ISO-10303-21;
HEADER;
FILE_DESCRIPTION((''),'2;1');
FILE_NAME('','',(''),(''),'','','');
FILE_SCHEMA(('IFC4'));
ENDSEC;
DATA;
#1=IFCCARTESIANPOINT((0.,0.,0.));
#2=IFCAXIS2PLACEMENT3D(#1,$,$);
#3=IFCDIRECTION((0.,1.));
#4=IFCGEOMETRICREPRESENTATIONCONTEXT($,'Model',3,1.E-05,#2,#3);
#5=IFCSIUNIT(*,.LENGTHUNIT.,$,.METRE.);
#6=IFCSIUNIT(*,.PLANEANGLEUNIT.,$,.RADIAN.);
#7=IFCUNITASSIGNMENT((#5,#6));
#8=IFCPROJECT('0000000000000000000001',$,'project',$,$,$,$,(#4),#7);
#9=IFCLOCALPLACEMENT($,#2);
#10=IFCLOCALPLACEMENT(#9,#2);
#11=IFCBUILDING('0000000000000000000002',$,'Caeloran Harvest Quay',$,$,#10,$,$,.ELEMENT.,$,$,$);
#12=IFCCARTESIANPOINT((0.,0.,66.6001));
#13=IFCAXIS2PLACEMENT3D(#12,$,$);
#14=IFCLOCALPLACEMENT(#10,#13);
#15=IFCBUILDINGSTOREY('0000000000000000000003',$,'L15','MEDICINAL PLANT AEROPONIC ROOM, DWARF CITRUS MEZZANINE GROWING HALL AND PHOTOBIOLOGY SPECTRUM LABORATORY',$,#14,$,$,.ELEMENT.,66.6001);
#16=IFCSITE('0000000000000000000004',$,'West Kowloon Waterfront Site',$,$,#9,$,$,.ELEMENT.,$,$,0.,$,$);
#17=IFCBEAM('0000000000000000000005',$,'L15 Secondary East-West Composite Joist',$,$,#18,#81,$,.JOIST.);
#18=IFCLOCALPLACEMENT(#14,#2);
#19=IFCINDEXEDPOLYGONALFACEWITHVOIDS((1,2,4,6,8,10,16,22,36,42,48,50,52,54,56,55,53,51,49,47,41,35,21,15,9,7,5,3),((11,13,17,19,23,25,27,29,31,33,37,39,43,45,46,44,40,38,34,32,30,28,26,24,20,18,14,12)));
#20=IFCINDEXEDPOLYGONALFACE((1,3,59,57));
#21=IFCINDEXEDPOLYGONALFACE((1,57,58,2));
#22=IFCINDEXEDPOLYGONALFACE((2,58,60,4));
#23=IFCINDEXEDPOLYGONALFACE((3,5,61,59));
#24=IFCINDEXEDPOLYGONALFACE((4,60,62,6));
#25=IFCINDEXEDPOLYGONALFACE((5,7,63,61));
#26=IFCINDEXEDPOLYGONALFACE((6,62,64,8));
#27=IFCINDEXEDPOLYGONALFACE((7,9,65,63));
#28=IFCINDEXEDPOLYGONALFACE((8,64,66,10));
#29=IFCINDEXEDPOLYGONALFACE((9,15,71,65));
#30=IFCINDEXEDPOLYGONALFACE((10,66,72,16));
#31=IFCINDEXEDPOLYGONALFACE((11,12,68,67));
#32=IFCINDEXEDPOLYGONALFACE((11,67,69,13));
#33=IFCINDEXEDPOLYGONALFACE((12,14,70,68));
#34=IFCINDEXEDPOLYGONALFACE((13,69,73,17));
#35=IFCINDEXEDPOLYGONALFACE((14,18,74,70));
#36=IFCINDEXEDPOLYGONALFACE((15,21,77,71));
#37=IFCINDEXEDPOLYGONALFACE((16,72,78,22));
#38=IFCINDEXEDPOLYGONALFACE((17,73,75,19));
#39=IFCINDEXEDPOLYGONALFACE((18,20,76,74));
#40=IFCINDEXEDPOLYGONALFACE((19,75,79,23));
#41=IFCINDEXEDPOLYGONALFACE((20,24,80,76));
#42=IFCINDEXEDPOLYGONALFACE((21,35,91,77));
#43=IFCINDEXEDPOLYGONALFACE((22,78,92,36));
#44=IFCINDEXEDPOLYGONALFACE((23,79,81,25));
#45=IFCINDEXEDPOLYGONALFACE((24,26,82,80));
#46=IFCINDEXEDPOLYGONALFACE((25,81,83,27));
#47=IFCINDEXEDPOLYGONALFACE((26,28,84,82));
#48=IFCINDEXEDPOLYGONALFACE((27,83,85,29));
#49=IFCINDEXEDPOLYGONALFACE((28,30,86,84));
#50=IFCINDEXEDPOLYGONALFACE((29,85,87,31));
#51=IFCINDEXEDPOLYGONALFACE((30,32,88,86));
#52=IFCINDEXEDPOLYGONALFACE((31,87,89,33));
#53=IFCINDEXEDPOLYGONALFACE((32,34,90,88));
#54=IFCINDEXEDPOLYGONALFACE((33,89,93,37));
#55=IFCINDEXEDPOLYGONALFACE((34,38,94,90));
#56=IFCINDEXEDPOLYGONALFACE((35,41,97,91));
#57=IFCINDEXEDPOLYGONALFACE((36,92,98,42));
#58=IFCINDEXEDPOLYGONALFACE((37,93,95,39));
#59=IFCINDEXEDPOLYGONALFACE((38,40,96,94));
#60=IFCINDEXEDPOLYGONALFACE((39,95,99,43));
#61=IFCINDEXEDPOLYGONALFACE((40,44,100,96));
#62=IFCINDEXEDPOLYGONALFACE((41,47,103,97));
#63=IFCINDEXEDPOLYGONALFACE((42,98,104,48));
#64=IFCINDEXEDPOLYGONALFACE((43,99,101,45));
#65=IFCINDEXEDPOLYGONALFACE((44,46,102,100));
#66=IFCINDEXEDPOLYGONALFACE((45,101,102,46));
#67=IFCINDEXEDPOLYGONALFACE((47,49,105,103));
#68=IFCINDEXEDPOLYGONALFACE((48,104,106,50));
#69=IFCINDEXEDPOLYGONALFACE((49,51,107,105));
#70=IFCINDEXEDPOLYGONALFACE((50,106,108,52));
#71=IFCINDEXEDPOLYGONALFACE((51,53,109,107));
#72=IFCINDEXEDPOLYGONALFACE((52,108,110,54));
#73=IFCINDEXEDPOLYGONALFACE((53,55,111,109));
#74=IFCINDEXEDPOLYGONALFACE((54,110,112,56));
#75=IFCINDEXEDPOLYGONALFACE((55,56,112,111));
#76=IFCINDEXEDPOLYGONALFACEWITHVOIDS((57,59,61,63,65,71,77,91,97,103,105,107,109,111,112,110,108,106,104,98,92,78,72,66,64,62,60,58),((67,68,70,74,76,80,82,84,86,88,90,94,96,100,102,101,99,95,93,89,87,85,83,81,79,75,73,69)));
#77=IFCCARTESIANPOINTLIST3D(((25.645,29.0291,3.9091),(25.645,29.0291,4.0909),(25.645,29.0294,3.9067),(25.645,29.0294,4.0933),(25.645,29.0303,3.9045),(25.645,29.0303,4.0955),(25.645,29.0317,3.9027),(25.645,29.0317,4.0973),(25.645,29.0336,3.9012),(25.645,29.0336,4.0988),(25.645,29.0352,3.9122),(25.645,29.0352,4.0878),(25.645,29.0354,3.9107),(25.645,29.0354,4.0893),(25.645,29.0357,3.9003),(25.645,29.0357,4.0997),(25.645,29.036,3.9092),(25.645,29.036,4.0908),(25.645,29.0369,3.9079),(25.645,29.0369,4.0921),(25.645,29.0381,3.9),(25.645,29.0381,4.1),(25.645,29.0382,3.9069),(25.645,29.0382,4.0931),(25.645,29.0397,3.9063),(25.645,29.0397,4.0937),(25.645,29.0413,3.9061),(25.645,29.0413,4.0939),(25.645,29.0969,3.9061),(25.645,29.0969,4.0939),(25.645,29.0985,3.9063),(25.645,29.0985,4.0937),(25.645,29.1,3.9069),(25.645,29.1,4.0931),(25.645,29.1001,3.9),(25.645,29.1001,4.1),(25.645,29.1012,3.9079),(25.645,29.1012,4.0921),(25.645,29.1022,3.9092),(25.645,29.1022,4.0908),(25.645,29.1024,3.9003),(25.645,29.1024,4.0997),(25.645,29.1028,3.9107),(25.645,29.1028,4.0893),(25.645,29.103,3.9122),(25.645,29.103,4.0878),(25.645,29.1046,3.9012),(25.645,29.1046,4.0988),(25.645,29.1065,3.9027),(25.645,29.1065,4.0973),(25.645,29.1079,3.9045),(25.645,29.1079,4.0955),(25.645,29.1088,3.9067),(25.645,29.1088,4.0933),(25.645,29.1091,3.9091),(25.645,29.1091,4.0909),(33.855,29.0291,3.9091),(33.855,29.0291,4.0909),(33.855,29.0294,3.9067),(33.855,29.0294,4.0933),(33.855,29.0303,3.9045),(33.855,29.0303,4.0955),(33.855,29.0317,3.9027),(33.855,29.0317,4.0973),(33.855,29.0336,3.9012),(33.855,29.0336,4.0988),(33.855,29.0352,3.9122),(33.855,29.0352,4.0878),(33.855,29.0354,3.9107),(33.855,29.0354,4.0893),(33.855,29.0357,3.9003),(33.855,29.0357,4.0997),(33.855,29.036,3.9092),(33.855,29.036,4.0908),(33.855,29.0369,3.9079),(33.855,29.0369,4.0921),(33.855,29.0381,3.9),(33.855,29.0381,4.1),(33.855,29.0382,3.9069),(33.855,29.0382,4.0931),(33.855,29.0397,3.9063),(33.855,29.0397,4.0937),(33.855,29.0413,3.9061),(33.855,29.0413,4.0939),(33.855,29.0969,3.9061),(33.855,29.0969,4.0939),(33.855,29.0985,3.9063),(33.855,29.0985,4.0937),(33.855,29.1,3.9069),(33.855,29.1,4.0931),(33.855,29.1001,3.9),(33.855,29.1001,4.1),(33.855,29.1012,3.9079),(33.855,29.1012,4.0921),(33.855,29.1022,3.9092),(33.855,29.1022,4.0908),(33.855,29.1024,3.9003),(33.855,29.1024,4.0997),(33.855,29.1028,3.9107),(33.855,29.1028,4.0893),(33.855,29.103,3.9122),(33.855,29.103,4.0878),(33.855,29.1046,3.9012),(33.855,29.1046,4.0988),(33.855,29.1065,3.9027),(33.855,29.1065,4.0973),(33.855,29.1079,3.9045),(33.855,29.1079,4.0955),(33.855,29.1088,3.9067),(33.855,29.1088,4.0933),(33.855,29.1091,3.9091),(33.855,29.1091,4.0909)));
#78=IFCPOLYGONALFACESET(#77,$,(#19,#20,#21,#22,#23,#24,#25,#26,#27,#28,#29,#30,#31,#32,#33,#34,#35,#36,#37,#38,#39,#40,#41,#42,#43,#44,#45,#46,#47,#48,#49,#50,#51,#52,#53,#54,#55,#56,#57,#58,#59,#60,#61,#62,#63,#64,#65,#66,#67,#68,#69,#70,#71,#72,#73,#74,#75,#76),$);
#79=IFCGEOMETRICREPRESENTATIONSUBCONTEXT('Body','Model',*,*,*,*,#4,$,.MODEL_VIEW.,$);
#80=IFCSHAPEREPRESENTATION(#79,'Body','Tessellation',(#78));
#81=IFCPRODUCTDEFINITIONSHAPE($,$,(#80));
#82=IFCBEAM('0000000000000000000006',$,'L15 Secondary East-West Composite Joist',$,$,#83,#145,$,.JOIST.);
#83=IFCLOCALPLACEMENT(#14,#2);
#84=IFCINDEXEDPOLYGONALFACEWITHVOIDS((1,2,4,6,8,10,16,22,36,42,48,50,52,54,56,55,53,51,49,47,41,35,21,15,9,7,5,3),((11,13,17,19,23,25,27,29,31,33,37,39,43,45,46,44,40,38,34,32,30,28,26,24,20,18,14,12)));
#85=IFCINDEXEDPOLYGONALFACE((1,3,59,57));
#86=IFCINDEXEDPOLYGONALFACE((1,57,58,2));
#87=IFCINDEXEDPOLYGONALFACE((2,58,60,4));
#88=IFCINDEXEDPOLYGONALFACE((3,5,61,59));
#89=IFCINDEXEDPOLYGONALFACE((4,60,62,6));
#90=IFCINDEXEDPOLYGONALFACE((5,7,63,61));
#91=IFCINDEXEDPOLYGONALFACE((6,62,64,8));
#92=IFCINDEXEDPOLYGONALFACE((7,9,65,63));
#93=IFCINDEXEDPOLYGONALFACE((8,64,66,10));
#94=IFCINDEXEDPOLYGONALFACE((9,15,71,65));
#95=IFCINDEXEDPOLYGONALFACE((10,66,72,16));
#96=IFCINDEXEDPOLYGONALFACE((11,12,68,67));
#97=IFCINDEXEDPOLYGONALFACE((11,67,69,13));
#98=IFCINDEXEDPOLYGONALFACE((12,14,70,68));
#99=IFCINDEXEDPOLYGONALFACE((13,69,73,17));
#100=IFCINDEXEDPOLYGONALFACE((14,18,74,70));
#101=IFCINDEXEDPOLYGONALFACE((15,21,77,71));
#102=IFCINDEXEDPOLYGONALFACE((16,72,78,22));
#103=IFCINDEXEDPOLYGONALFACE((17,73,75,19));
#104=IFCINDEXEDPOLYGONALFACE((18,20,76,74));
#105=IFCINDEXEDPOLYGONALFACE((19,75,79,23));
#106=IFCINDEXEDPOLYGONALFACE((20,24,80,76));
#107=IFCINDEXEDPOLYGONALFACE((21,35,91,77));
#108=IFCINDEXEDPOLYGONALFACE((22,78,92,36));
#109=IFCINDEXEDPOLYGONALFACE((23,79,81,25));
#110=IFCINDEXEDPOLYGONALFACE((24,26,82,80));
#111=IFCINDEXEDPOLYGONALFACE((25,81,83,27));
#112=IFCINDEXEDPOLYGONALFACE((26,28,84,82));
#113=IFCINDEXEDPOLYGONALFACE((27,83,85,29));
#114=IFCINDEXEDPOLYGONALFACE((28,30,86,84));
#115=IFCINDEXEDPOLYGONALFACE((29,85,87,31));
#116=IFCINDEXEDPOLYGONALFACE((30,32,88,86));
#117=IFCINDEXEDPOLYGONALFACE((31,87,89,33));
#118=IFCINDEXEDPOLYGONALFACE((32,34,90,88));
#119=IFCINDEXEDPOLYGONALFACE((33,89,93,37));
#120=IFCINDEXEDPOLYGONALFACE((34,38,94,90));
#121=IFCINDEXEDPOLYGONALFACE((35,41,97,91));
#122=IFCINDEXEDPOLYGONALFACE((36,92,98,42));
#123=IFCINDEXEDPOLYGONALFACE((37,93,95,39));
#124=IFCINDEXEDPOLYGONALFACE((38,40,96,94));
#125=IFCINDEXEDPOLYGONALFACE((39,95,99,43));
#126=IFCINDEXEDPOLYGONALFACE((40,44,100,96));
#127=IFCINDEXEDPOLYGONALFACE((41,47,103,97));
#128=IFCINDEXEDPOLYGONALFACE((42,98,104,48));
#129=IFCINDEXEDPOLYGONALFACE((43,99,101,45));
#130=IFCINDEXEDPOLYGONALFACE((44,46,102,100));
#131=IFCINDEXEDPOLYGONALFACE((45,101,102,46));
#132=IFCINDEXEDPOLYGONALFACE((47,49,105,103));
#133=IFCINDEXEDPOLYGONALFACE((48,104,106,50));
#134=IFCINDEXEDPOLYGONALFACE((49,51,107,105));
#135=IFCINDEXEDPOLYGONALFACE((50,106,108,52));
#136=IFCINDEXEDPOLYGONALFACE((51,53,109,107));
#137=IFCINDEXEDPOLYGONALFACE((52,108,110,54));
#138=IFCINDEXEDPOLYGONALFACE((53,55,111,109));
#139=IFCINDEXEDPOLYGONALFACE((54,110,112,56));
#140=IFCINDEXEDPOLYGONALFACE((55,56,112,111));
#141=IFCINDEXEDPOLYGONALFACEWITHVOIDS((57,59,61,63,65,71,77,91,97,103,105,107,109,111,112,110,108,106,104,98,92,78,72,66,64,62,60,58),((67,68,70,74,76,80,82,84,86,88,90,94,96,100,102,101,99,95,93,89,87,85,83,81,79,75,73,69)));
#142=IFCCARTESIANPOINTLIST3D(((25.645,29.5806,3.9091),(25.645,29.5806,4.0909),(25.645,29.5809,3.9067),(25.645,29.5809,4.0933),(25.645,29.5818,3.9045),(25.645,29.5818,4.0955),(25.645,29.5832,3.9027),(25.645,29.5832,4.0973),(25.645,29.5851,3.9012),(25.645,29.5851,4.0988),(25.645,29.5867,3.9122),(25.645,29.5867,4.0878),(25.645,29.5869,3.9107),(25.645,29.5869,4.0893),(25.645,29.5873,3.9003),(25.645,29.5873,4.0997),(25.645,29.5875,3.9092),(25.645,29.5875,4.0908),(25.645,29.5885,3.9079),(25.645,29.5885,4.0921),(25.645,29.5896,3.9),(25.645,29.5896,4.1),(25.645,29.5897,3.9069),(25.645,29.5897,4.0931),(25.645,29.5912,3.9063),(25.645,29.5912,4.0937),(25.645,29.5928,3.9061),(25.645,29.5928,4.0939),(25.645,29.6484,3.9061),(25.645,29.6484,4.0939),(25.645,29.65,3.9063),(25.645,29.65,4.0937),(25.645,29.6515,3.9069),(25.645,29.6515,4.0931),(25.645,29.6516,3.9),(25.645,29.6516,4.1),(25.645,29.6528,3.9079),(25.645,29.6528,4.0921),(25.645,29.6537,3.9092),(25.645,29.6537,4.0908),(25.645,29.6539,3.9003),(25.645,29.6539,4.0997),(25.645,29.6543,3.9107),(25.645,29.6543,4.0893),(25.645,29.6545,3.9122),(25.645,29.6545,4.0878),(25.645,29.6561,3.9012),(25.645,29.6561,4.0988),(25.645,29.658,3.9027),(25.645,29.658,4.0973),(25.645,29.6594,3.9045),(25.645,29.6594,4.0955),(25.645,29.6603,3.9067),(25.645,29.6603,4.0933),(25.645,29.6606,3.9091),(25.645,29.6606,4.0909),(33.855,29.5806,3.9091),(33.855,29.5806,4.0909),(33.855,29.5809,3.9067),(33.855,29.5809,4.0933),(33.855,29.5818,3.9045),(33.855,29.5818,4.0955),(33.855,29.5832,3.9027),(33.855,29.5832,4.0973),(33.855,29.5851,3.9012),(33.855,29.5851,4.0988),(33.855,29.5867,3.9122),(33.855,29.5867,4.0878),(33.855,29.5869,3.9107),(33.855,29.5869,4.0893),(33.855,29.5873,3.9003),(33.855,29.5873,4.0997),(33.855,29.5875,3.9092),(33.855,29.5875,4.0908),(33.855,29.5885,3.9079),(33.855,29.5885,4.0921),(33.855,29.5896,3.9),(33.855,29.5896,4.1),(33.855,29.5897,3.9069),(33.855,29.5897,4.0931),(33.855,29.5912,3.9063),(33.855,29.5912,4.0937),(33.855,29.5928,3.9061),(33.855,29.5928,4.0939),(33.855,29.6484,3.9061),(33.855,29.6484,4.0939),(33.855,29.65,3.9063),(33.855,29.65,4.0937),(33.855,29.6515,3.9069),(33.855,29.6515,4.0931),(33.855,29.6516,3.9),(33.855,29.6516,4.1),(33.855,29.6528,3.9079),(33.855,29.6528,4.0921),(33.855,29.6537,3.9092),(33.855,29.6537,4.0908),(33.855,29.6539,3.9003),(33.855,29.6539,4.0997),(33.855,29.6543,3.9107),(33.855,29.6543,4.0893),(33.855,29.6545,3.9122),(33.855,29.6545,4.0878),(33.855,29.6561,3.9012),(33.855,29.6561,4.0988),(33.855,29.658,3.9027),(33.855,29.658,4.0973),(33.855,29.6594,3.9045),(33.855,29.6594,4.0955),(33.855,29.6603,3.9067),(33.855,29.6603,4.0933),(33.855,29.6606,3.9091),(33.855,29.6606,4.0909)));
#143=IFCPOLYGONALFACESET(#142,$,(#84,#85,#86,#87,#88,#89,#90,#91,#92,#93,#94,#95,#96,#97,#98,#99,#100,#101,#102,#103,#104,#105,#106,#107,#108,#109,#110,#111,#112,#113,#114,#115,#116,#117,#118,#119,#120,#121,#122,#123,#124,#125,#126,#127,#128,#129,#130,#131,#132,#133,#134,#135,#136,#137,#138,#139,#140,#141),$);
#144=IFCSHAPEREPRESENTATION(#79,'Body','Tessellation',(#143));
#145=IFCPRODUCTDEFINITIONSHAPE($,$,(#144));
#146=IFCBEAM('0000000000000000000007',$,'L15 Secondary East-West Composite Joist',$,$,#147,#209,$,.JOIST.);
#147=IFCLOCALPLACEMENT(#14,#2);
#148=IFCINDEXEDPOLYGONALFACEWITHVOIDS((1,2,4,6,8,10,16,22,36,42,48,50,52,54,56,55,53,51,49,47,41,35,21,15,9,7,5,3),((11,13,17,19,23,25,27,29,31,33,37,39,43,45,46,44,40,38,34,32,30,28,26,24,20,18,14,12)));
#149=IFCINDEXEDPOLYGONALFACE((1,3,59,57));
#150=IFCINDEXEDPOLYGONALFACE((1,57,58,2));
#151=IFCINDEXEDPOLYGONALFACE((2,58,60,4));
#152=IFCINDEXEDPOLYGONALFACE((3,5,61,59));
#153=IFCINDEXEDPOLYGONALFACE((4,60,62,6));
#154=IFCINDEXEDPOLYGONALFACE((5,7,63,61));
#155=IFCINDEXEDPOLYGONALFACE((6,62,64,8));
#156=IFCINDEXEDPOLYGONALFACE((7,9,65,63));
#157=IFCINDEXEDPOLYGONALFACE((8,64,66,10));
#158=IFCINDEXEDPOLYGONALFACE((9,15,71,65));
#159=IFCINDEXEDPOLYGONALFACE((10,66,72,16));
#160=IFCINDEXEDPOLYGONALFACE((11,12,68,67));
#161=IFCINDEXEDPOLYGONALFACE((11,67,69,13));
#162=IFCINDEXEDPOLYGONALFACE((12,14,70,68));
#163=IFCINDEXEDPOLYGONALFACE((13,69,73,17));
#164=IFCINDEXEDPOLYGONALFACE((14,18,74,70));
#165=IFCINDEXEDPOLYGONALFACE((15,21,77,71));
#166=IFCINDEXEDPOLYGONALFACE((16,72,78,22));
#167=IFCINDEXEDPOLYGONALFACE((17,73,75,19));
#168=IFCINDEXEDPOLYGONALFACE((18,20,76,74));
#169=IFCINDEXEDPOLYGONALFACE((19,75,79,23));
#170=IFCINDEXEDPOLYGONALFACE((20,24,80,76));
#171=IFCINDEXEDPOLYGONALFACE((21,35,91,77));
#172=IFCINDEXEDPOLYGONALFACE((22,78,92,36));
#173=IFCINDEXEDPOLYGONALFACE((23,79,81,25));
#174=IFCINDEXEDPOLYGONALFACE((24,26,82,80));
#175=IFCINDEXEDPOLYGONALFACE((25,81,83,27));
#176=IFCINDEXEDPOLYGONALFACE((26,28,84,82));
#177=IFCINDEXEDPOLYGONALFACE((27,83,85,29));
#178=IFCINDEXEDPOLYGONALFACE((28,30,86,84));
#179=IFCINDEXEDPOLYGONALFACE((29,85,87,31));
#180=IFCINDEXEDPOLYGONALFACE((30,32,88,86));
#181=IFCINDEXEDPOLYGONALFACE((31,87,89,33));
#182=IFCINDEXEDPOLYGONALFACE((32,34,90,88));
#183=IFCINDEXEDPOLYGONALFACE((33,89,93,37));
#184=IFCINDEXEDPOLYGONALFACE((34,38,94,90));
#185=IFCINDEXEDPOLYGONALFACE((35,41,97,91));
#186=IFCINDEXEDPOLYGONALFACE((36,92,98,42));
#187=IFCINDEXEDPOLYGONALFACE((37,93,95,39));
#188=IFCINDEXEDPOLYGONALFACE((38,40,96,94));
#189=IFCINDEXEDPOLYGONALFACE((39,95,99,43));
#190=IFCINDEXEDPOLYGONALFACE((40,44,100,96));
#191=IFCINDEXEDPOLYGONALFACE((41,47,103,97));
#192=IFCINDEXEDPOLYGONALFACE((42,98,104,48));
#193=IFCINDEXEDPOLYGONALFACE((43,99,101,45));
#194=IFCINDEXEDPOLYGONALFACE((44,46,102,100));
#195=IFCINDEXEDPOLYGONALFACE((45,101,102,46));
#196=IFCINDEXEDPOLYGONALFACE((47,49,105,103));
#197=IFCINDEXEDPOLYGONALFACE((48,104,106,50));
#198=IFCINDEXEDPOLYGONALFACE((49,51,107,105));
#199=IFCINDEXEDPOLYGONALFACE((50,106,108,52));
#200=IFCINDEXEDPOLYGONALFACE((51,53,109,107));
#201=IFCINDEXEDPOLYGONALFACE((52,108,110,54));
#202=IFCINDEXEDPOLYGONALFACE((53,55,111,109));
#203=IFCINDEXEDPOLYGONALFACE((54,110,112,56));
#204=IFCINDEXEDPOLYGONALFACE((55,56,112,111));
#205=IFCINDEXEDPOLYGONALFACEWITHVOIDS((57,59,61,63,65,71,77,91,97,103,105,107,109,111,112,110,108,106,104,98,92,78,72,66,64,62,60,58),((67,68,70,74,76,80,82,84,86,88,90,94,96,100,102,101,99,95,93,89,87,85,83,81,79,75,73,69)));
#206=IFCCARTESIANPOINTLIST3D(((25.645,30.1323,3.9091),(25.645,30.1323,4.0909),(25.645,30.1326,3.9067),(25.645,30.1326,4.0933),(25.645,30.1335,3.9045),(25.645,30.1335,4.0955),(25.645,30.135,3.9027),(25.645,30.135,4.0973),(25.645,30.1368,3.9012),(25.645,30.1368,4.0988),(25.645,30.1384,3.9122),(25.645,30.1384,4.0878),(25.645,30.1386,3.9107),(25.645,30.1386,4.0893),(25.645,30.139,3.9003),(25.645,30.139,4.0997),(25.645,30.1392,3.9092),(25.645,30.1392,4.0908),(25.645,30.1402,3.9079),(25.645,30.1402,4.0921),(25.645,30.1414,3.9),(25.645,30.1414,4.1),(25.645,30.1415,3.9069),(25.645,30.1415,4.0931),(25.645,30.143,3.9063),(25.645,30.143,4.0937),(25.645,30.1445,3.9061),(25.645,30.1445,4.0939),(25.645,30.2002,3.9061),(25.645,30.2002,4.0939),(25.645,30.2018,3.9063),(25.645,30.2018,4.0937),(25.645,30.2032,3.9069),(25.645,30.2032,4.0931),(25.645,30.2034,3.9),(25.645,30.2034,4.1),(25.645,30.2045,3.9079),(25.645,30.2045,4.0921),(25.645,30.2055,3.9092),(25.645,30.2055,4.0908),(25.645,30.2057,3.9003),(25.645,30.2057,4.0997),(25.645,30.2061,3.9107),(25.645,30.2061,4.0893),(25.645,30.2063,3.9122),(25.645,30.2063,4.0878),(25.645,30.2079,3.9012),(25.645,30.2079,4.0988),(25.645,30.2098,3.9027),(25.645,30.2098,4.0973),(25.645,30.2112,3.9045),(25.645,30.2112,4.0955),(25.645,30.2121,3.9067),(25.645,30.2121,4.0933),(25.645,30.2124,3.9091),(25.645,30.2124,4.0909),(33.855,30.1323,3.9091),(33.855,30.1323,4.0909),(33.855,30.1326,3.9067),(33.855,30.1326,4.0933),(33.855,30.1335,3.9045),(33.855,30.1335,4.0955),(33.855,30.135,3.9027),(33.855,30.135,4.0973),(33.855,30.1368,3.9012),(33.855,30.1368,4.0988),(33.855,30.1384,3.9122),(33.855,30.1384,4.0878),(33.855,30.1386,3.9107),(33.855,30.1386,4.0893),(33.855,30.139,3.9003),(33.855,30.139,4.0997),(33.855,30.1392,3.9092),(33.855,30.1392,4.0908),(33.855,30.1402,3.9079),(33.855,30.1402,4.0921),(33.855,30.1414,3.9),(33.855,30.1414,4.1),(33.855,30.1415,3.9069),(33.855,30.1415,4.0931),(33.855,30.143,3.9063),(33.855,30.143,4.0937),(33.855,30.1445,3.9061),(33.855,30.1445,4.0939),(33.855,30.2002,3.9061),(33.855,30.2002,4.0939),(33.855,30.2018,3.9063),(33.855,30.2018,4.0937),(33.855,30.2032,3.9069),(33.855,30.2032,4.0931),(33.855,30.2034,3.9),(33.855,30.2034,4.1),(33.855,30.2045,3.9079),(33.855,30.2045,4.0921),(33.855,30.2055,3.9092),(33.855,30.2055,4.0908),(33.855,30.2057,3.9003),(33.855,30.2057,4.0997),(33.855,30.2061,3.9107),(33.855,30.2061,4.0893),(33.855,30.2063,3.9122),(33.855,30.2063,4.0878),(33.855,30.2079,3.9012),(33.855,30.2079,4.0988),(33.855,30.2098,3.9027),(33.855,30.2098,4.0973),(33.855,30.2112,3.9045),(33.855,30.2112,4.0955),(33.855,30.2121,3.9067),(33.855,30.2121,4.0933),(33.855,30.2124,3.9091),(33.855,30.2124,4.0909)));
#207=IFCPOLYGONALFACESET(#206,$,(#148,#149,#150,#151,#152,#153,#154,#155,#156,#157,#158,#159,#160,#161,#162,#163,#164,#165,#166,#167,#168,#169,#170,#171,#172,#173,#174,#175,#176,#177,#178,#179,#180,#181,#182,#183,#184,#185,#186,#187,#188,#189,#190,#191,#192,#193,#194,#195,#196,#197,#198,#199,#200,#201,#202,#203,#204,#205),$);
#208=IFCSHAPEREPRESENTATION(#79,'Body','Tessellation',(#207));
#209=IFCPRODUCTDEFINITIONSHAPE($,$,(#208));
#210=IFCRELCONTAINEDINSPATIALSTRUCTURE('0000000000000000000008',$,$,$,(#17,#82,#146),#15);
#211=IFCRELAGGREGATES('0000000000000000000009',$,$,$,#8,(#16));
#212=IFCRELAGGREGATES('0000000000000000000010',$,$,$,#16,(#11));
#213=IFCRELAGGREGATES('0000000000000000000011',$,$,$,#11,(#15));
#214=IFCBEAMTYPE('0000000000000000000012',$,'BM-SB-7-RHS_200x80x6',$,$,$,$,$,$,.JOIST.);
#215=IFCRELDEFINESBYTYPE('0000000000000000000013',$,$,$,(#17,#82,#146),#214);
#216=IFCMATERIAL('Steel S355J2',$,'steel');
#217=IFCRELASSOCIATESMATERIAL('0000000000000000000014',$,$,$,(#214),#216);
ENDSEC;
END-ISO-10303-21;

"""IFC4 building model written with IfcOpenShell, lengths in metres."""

from ifc_helpers import new_model, si_unit, direction, frame, origin, origin_2d, place, context, subcontext, project, spatial, hollow_rectangle, extrude, material, material_profile, profile_set, type_object, element, save


model = new_model("IFC4")

# Units and contexts
model_context = context("Model", 3, precision=1e-05, world=origin(), true_north=direction((0.0, 1.0)))
body_context = subcontext(model_context, "Body", "Model", "MODEL_VIEW")
ifc_project = project(units=[si_unit("LENGTHUNIT", "METRE"), si_unit("PLANEANGLEUNIT", "RADIAN")], contexts=[model_context])

# Site, building, storey
site_placement = place(None, origin())
site = spatial("IfcSite", under=ifc_project, at=site_placement, Name="West Kowloon Waterfront Site", CompositionType="ELEMENT", RefElevation=0.0)
building_placement = place(site_placement, origin())
building = spatial("IfcBuilding", under=site, at=building_placement, Name="Caeloran Harvest Quay", CompositionType="ELEMENT")
storey_placement = place(building_placement, frame((0.0, 0.0, 66.6001)))
storey = spatial("IfcBuildingStorey", under=building, at=storey_placement, Name="L15", Description="MEDICINAL PLANT AEROPONIC ROOM, DWARF CITRUS MEZZANINE GROWING HALL AND PHOTOBIOLOGY SPECTRUM LABORATORY", CompositionType="ELEMENT", Elevation=66.6001)

# Beams
ifc_material_1 = material(Name="Steel S355J2", Category="steel")
ifc_material_profile_1 = material_profile(ifc_material_1, hollow_rectangle(XDim=0.0801, YDim=0.2, WallThickness=0.0061, InnerFilletRadius=0.0061, OuterFilletRadius=0.009, at=origin_2d()), Name="RHS 200x80x6")
ifc_profile_set_1 = profile_set([ifc_material_profile_1], Name="Steel S355J2")
beam_type_1 = type_object("IfcBeamType", Name="BM-SB-7-RHS_200x80x6", PredefinedType="JOIST", material=ifc_profile_set_1)
for number, where, z_axis, x_axis, name in (
    (1, (25.645, 29.0691, 4.0), (1.0, 0.0, 0.0), (0.0, 1.0, 0.0), "L15 Secondary East-West Composite Joist"),
    (2, (25.645, 29.6206, 4.0), (1.0, 0.0, 0.0), (0.0, 1.0, 0.0), "L15 Secondary East-West Composite Joist"),
    (3, (25.645, 30.1724, 4.0), (1.0, 0.0, 0.0), (0.0, 1.0, 0.0), "L15 Secondary East-West Composite Joist"),
):
    element("IfcBeam", number, at=place(storey_placement, frame(where, z_axis=z_axis, x_axis=x_axis)), inside=storey, type_object=beam_type_1, Name=name, PredefinedType="JOIST", context=body_context, shape_type="SweptSolid", body=[
        extrude(hollow_rectangle(XDim=0.0801, YDim=0.2, WallThickness=0.0061, InnerFilletRadius=0.0061, OuterFilletRadius=0.009, at=origin_2d()), origin(), (0.0, 0.0, 1.0), 8.21),
    ])

save(model, "model.ifc")
